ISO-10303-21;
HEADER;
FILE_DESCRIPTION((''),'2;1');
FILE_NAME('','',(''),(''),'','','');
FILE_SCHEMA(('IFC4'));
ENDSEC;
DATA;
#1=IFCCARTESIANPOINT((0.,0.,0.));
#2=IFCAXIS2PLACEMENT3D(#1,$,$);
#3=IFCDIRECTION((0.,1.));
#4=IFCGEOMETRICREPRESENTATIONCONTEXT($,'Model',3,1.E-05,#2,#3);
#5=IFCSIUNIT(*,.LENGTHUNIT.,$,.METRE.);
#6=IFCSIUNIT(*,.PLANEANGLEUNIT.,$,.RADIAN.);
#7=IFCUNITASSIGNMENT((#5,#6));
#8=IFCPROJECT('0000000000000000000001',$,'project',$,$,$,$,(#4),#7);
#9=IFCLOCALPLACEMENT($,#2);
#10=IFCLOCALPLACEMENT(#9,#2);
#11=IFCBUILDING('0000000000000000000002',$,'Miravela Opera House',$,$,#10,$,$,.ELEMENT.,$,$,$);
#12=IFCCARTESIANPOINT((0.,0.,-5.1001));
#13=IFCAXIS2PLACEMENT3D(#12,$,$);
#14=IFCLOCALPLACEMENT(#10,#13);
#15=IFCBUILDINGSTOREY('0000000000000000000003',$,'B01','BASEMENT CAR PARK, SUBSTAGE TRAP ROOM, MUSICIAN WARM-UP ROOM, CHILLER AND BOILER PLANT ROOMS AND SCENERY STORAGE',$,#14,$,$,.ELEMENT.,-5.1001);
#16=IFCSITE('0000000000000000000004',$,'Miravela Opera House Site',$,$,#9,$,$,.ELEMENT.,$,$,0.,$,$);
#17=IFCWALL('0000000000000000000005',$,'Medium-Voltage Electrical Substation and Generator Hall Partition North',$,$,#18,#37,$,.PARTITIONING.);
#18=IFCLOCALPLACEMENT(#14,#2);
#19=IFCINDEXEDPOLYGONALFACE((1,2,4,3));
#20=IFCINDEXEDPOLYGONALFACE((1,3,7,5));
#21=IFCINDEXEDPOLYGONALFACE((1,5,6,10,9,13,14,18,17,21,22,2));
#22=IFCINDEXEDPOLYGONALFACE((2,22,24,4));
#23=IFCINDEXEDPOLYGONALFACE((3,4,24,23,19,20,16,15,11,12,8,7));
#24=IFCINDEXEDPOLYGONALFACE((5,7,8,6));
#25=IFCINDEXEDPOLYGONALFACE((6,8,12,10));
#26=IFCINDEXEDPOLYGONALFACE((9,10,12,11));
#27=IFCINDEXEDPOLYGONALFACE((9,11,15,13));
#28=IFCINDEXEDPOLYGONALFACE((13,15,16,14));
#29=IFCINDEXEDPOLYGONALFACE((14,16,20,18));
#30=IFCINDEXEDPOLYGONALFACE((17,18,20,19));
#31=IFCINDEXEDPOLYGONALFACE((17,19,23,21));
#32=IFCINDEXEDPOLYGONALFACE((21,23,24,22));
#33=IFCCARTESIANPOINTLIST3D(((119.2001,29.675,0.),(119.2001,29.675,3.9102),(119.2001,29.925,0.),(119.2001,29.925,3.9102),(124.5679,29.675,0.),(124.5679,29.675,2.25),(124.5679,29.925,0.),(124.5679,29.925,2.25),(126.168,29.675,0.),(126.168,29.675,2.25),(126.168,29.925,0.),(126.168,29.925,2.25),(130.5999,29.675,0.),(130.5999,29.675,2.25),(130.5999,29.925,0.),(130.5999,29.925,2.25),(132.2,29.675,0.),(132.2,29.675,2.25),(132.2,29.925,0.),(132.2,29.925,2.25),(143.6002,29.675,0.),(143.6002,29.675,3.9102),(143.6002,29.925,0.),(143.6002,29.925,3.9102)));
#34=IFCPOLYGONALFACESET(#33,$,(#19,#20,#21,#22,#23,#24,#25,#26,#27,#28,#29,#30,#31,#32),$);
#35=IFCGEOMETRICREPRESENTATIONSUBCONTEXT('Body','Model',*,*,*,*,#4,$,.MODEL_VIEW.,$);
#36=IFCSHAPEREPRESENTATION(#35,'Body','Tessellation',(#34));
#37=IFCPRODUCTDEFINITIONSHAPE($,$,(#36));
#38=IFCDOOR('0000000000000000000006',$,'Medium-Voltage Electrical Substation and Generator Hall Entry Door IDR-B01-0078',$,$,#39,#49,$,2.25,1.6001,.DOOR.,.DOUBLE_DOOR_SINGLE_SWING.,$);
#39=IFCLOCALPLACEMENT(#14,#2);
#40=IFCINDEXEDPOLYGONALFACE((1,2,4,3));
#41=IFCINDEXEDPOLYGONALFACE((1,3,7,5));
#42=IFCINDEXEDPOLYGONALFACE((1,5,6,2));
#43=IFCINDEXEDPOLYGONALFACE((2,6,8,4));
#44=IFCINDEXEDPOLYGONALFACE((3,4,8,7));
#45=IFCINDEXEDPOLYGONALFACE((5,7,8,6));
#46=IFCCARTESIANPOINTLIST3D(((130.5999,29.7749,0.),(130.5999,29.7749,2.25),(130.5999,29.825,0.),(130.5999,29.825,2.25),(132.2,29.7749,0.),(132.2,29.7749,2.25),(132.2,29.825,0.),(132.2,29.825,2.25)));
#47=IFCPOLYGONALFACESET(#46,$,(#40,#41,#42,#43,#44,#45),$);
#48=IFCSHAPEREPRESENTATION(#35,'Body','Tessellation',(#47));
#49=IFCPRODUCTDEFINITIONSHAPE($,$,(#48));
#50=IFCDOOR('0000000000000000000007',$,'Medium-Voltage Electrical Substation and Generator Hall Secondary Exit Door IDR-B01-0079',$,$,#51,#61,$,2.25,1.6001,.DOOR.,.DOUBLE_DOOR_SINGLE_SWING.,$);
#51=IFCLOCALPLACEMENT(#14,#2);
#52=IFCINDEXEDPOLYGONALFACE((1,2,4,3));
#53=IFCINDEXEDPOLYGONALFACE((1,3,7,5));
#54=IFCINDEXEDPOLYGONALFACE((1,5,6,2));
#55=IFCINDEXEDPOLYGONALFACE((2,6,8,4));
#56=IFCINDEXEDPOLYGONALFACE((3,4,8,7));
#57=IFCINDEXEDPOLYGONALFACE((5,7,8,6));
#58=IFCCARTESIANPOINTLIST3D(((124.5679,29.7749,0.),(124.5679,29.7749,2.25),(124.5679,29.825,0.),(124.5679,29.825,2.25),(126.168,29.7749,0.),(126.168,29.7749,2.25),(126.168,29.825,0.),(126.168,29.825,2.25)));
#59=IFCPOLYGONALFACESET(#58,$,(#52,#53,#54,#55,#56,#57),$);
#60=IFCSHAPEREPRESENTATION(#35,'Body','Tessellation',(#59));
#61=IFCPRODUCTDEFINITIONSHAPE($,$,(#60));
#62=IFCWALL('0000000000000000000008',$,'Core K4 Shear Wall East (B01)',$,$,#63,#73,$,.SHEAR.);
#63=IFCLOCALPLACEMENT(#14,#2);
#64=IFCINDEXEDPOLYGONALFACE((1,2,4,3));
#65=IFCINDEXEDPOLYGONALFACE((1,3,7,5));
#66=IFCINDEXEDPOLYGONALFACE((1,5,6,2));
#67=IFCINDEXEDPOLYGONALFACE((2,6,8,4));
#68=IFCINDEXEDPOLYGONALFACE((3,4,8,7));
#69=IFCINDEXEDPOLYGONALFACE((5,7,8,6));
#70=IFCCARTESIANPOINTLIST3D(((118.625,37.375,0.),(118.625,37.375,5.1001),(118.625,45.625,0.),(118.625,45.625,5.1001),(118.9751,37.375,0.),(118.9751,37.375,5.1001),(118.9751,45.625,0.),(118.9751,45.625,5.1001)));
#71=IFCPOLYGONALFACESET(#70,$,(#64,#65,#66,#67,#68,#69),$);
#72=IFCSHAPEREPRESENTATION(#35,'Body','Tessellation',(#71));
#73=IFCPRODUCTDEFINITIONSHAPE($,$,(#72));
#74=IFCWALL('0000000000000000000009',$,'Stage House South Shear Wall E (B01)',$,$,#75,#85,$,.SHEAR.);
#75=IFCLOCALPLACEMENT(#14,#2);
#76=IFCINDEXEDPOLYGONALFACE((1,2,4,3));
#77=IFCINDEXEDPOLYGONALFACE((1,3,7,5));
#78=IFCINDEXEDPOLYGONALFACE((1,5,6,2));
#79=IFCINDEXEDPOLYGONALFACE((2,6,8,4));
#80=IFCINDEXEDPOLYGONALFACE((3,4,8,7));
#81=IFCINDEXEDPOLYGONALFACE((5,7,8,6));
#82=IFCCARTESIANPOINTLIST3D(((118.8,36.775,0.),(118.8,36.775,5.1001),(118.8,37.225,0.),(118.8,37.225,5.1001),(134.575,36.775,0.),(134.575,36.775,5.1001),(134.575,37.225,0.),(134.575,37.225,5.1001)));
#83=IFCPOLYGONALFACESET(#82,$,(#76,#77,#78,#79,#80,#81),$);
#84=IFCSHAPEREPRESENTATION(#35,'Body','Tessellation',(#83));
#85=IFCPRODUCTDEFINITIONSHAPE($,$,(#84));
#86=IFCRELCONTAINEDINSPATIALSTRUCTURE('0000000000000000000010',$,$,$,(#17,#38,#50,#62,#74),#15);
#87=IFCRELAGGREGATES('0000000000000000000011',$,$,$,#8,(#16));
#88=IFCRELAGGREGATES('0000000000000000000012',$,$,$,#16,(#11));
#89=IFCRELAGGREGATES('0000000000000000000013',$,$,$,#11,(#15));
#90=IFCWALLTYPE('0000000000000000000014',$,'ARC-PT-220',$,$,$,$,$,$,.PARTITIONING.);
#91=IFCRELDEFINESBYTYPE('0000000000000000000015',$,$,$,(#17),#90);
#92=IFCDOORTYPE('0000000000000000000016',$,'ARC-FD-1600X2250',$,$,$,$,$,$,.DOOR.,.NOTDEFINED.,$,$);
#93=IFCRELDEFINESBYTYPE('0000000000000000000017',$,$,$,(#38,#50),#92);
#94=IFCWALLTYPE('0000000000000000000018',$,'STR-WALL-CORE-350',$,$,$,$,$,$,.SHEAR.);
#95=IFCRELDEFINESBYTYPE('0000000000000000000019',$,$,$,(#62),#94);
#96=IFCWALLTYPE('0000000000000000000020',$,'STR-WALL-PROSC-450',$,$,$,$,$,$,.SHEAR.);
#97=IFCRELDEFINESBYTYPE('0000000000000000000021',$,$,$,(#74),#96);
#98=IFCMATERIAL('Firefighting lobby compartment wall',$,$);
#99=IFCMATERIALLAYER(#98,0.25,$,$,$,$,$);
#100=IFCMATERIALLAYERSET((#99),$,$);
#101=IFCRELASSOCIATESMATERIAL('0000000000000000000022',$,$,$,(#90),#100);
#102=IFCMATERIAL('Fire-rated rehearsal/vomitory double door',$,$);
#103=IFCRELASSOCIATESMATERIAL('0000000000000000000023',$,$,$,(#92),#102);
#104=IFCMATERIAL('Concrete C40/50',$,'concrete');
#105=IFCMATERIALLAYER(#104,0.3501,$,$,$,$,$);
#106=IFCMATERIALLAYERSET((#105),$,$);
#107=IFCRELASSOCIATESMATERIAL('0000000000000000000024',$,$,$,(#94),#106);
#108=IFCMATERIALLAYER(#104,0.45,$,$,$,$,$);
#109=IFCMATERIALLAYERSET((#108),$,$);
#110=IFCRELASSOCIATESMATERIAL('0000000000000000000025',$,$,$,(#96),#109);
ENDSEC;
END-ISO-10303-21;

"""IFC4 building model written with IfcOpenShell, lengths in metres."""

from ifc_helpers import new_model, si_unit, direction, frame, frame_2d, origin, place, context, subcontext, project, spatial, rectangle, extrude, material, layer, layer_set, type_object, element, fill, save


model = new_model("IFC4")

# Units and contexts
model_context = context("Model", 3, precision=1e-05, world=origin(), true_north=direction((0.0, 1.0)))
body_context = subcontext(model_context, "Body", "Model", "MODEL_VIEW")
ifc_project = project(units=[si_unit("LENGTHUNIT", "METRE"), si_unit("PLANEANGLEUNIT", "RADIAN")], contexts=[model_context])

# Site, building, storey
site_placement = place(None, origin())
site = spatial("IfcSite", under=ifc_project, at=site_placement, Name="Miravela Opera House Site", CompositionType="ELEMENT", RefElevation=0.0)
building_placement = place(site_placement, origin())
building = spatial("IfcBuilding", under=site, at=building_placement, Name="Miravela Opera House", CompositionType="ELEMENT")
storey_placement = place(building_placement, frame((0.0, 0.0, -5.1001)))
storey = spatial("IfcBuildingStorey", under=building, at=storey_placement, Name="B01", Description="BASEMENT CAR PARK, SUBSTAGE TRAP ROOM, MUSICIAN WARM-UP ROOM, CHILLER AND BOILER PLANT ROOMS AND SCENERY STORAGE", CompositionType="ELEMENT", Elevation=-5.1001)

# Shared definitions
ifc_material_1 = material(Name="Concrete C40/50", Category="concrete")

# Wall, openings, doors
ifc_material_2 = material(Name="Firefighting lobby compartment wall")
ifc_layer_1 = layer(ifc_material_2, 0.25)
ifc_layer_set_1 = layer_set([ifc_layer_1])
wall_type_1 = type_object("IfcWallType", Name="ARC-PT-220", PredefinedType="PARTITIONING", material=ifc_layer_set_1)
wall_1_placement = place(storey_placement, frame((119.2, 29.8, 0.0), z_axis=(0.0, 0.0, 1.0), x_axis=(1.0, 0.0, 0.0)))
wall_1 = element("IfcWall", 1, at=wall_1_placement, inside=storey, type_object=wall_type_1, Name="Medium-Voltage Electrical Substation and Generator Hall Partition North", PredefinedType="PARTITIONING", context=body_context, shape_type="SweptSolid", body=[
    extrude(rectangle(XDim=24.4001, YDim=0.25, at=frame_2d((12.2002, 0.0))), origin(), (0.0, 0.0, 1.0), 3.9102),
])
opening_1_placement = place(wall_1_placement, frame((11.3999, 0.0, 0.0)))
opening_1 = element("IfcOpeningElement", 2, at=opening_1_placement, cuts=wall_1, PredefinedType="OPENING", context=body_context, shape_type="SweptSolid", body=[
    extrude(rectangle(XDim=1.6001, YDim=2.25, at=frame_2d((0.8, 1.125))), frame((0.0, 0.135, 0.0), z_axis=(0.0, -1.0, 0.0), x_axis=(1.0, 0.0, 0.0)), (0.0, 0.0, 1.0), 0.27),
])
opening_2_placement = place(wall_1_placement, frame((5.3679, 0.0, 0.0)))
opening_2 = element("IfcOpeningElement", 3, at=opening_2_placement, cuts=wall_1, PredefinedType="OPENING", context=body_context, shape_type="SweptSolid", body=[
    extrude(rectangle(XDim=1.6001, YDim=2.25, at=frame_2d((0.8, 1.125))), frame((0.0, 0.135, 0.0), z_axis=(0.0, -1.0, 0.0), x_axis=(1.0, 0.0, 0.0)), (0.0, 0.0, 1.0), 0.27),
])
ifc_material_3 = material(Name="Fire-rated rehearsal/vomitory double door")
door_type = type_object("IfcDoorType", Name="ARC-FD-1600X2250", OperationType="NOTDEFINED", PredefinedType="DOOR", material=ifc_material_3)
door_1_placement = place(opening_1_placement, origin())
door_1 = element("IfcDoor", 4, at=door_1_placement, inside=storey, type_object=door_type, Name="Medium-Voltage Electrical Substation and Generator Hall Entry Door IDR-B01-0078", OperationType="DOUBLE_DOOR_SINGLE_SWING", OverallHeight=2.25, OverallWidth=1.6001, PredefinedType="DOOR", context=body_context, shape_type="SweptSolid", body=[
    extrude(rectangle(XDim=1.6001, YDim=2.25, at=frame_2d((0.8, 1.125))), frame((0.0, 0.0249, 0.0), z_axis=(0.0, -1.0, 0.0), x_axis=(1.0, 0.0, 0.0)), (0.0, 0.0, 1.0), 0.05),
])
fill(opening_1, door_1)
door_2_placement = place(opening_2_placement, origin())
door_2 = element("IfcDoor", 5, at=door_2_placement, inside=storey, type_object=door_type, Name="Medium-Voltage Electrical Substation and Generator Hall Secondary Exit Door IDR-B01-0079", OperationType="DOUBLE_DOOR_SINGLE_SWING", OverallHeight=2.25, OverallWidth=1.6001, PredefinedType="DOOR", context=body_context, shape_type="SweptSolid", body=[
    extrude(rectangle(XDim=1.6001, YDim=2.25, at=frame_2d((0.8, 1.125))), frame((0.0, 0.0249, 0.0), z_axis=(0.0, -1.0, 0.0), x_axis=(1.0, 0.0, 0.0)), (0.0, 0.0, 1.0), 0.05),
])
fill(opening_2, door_2)

# Walls
ifc_layer_2 = layer(ifc_material_1, 0.3501)
ifc_layer_set_2 = layer_set([ifc_layer_2])
wall_type_2 = type_object("IfcWallType", Name="STR-WALL-CORE-350", PredefinedType="SHEAR", material=ifc_layer_set_2)
wall_2_placement = place(storey_placement, frame((118.8, 37.375, 0.0), z_axis=(0.0, 0.0, 1.0), x_axis=(0.0, 1.0, 0.0)))
element("IfcWall", 6, at=wall_2_placement, inside=storey, type_object=wall_type_2, Name="Core K4 Shear Wall East (B01)", PredefinedType="SHEAR", context=body_context, shape_type="SweptSolid", body=[
    extrude(rectangle(XDim=8.25, YDim=0.3501, at=frame_2d((4.125, 0.0))), origin(), (0.0, 0.0, 1.0), 5.1001),
])
ifc_layer_3 = layer(ifc_material_1, 0.45)
ifc_layer_set_3 = layer_set([ifc_layer_3])
wall_type_3 = type_object("IfcWallType", Name="STR-WALL-PROSC-450", PredefinedType="SHEAR", material=ifc_layer_set_3)
wall_3_placement = place(storey_placement, frame((118.8, 37.0, 0.0), z_axis=(0.0, 0.0, 1.0), x_axis=(1.0, 0.0, 0.0)))
element("IfcWall", 7, at=wall_3_placement, inside=storey, type_object=wall_type_3, Name="Stage House South Shear Wall E (B01)", PredefinedType="SHEAR", context=body_context, shape_type="SweptSolid", body=[
    extrude(rectangle(XDim=15.7749, YDim=0.45, at=frame_2d((7.8875, 0.0))), origin(), (0.0, 0.0, 1.0), 5.1001),
])

save(model, "model.ifc")
